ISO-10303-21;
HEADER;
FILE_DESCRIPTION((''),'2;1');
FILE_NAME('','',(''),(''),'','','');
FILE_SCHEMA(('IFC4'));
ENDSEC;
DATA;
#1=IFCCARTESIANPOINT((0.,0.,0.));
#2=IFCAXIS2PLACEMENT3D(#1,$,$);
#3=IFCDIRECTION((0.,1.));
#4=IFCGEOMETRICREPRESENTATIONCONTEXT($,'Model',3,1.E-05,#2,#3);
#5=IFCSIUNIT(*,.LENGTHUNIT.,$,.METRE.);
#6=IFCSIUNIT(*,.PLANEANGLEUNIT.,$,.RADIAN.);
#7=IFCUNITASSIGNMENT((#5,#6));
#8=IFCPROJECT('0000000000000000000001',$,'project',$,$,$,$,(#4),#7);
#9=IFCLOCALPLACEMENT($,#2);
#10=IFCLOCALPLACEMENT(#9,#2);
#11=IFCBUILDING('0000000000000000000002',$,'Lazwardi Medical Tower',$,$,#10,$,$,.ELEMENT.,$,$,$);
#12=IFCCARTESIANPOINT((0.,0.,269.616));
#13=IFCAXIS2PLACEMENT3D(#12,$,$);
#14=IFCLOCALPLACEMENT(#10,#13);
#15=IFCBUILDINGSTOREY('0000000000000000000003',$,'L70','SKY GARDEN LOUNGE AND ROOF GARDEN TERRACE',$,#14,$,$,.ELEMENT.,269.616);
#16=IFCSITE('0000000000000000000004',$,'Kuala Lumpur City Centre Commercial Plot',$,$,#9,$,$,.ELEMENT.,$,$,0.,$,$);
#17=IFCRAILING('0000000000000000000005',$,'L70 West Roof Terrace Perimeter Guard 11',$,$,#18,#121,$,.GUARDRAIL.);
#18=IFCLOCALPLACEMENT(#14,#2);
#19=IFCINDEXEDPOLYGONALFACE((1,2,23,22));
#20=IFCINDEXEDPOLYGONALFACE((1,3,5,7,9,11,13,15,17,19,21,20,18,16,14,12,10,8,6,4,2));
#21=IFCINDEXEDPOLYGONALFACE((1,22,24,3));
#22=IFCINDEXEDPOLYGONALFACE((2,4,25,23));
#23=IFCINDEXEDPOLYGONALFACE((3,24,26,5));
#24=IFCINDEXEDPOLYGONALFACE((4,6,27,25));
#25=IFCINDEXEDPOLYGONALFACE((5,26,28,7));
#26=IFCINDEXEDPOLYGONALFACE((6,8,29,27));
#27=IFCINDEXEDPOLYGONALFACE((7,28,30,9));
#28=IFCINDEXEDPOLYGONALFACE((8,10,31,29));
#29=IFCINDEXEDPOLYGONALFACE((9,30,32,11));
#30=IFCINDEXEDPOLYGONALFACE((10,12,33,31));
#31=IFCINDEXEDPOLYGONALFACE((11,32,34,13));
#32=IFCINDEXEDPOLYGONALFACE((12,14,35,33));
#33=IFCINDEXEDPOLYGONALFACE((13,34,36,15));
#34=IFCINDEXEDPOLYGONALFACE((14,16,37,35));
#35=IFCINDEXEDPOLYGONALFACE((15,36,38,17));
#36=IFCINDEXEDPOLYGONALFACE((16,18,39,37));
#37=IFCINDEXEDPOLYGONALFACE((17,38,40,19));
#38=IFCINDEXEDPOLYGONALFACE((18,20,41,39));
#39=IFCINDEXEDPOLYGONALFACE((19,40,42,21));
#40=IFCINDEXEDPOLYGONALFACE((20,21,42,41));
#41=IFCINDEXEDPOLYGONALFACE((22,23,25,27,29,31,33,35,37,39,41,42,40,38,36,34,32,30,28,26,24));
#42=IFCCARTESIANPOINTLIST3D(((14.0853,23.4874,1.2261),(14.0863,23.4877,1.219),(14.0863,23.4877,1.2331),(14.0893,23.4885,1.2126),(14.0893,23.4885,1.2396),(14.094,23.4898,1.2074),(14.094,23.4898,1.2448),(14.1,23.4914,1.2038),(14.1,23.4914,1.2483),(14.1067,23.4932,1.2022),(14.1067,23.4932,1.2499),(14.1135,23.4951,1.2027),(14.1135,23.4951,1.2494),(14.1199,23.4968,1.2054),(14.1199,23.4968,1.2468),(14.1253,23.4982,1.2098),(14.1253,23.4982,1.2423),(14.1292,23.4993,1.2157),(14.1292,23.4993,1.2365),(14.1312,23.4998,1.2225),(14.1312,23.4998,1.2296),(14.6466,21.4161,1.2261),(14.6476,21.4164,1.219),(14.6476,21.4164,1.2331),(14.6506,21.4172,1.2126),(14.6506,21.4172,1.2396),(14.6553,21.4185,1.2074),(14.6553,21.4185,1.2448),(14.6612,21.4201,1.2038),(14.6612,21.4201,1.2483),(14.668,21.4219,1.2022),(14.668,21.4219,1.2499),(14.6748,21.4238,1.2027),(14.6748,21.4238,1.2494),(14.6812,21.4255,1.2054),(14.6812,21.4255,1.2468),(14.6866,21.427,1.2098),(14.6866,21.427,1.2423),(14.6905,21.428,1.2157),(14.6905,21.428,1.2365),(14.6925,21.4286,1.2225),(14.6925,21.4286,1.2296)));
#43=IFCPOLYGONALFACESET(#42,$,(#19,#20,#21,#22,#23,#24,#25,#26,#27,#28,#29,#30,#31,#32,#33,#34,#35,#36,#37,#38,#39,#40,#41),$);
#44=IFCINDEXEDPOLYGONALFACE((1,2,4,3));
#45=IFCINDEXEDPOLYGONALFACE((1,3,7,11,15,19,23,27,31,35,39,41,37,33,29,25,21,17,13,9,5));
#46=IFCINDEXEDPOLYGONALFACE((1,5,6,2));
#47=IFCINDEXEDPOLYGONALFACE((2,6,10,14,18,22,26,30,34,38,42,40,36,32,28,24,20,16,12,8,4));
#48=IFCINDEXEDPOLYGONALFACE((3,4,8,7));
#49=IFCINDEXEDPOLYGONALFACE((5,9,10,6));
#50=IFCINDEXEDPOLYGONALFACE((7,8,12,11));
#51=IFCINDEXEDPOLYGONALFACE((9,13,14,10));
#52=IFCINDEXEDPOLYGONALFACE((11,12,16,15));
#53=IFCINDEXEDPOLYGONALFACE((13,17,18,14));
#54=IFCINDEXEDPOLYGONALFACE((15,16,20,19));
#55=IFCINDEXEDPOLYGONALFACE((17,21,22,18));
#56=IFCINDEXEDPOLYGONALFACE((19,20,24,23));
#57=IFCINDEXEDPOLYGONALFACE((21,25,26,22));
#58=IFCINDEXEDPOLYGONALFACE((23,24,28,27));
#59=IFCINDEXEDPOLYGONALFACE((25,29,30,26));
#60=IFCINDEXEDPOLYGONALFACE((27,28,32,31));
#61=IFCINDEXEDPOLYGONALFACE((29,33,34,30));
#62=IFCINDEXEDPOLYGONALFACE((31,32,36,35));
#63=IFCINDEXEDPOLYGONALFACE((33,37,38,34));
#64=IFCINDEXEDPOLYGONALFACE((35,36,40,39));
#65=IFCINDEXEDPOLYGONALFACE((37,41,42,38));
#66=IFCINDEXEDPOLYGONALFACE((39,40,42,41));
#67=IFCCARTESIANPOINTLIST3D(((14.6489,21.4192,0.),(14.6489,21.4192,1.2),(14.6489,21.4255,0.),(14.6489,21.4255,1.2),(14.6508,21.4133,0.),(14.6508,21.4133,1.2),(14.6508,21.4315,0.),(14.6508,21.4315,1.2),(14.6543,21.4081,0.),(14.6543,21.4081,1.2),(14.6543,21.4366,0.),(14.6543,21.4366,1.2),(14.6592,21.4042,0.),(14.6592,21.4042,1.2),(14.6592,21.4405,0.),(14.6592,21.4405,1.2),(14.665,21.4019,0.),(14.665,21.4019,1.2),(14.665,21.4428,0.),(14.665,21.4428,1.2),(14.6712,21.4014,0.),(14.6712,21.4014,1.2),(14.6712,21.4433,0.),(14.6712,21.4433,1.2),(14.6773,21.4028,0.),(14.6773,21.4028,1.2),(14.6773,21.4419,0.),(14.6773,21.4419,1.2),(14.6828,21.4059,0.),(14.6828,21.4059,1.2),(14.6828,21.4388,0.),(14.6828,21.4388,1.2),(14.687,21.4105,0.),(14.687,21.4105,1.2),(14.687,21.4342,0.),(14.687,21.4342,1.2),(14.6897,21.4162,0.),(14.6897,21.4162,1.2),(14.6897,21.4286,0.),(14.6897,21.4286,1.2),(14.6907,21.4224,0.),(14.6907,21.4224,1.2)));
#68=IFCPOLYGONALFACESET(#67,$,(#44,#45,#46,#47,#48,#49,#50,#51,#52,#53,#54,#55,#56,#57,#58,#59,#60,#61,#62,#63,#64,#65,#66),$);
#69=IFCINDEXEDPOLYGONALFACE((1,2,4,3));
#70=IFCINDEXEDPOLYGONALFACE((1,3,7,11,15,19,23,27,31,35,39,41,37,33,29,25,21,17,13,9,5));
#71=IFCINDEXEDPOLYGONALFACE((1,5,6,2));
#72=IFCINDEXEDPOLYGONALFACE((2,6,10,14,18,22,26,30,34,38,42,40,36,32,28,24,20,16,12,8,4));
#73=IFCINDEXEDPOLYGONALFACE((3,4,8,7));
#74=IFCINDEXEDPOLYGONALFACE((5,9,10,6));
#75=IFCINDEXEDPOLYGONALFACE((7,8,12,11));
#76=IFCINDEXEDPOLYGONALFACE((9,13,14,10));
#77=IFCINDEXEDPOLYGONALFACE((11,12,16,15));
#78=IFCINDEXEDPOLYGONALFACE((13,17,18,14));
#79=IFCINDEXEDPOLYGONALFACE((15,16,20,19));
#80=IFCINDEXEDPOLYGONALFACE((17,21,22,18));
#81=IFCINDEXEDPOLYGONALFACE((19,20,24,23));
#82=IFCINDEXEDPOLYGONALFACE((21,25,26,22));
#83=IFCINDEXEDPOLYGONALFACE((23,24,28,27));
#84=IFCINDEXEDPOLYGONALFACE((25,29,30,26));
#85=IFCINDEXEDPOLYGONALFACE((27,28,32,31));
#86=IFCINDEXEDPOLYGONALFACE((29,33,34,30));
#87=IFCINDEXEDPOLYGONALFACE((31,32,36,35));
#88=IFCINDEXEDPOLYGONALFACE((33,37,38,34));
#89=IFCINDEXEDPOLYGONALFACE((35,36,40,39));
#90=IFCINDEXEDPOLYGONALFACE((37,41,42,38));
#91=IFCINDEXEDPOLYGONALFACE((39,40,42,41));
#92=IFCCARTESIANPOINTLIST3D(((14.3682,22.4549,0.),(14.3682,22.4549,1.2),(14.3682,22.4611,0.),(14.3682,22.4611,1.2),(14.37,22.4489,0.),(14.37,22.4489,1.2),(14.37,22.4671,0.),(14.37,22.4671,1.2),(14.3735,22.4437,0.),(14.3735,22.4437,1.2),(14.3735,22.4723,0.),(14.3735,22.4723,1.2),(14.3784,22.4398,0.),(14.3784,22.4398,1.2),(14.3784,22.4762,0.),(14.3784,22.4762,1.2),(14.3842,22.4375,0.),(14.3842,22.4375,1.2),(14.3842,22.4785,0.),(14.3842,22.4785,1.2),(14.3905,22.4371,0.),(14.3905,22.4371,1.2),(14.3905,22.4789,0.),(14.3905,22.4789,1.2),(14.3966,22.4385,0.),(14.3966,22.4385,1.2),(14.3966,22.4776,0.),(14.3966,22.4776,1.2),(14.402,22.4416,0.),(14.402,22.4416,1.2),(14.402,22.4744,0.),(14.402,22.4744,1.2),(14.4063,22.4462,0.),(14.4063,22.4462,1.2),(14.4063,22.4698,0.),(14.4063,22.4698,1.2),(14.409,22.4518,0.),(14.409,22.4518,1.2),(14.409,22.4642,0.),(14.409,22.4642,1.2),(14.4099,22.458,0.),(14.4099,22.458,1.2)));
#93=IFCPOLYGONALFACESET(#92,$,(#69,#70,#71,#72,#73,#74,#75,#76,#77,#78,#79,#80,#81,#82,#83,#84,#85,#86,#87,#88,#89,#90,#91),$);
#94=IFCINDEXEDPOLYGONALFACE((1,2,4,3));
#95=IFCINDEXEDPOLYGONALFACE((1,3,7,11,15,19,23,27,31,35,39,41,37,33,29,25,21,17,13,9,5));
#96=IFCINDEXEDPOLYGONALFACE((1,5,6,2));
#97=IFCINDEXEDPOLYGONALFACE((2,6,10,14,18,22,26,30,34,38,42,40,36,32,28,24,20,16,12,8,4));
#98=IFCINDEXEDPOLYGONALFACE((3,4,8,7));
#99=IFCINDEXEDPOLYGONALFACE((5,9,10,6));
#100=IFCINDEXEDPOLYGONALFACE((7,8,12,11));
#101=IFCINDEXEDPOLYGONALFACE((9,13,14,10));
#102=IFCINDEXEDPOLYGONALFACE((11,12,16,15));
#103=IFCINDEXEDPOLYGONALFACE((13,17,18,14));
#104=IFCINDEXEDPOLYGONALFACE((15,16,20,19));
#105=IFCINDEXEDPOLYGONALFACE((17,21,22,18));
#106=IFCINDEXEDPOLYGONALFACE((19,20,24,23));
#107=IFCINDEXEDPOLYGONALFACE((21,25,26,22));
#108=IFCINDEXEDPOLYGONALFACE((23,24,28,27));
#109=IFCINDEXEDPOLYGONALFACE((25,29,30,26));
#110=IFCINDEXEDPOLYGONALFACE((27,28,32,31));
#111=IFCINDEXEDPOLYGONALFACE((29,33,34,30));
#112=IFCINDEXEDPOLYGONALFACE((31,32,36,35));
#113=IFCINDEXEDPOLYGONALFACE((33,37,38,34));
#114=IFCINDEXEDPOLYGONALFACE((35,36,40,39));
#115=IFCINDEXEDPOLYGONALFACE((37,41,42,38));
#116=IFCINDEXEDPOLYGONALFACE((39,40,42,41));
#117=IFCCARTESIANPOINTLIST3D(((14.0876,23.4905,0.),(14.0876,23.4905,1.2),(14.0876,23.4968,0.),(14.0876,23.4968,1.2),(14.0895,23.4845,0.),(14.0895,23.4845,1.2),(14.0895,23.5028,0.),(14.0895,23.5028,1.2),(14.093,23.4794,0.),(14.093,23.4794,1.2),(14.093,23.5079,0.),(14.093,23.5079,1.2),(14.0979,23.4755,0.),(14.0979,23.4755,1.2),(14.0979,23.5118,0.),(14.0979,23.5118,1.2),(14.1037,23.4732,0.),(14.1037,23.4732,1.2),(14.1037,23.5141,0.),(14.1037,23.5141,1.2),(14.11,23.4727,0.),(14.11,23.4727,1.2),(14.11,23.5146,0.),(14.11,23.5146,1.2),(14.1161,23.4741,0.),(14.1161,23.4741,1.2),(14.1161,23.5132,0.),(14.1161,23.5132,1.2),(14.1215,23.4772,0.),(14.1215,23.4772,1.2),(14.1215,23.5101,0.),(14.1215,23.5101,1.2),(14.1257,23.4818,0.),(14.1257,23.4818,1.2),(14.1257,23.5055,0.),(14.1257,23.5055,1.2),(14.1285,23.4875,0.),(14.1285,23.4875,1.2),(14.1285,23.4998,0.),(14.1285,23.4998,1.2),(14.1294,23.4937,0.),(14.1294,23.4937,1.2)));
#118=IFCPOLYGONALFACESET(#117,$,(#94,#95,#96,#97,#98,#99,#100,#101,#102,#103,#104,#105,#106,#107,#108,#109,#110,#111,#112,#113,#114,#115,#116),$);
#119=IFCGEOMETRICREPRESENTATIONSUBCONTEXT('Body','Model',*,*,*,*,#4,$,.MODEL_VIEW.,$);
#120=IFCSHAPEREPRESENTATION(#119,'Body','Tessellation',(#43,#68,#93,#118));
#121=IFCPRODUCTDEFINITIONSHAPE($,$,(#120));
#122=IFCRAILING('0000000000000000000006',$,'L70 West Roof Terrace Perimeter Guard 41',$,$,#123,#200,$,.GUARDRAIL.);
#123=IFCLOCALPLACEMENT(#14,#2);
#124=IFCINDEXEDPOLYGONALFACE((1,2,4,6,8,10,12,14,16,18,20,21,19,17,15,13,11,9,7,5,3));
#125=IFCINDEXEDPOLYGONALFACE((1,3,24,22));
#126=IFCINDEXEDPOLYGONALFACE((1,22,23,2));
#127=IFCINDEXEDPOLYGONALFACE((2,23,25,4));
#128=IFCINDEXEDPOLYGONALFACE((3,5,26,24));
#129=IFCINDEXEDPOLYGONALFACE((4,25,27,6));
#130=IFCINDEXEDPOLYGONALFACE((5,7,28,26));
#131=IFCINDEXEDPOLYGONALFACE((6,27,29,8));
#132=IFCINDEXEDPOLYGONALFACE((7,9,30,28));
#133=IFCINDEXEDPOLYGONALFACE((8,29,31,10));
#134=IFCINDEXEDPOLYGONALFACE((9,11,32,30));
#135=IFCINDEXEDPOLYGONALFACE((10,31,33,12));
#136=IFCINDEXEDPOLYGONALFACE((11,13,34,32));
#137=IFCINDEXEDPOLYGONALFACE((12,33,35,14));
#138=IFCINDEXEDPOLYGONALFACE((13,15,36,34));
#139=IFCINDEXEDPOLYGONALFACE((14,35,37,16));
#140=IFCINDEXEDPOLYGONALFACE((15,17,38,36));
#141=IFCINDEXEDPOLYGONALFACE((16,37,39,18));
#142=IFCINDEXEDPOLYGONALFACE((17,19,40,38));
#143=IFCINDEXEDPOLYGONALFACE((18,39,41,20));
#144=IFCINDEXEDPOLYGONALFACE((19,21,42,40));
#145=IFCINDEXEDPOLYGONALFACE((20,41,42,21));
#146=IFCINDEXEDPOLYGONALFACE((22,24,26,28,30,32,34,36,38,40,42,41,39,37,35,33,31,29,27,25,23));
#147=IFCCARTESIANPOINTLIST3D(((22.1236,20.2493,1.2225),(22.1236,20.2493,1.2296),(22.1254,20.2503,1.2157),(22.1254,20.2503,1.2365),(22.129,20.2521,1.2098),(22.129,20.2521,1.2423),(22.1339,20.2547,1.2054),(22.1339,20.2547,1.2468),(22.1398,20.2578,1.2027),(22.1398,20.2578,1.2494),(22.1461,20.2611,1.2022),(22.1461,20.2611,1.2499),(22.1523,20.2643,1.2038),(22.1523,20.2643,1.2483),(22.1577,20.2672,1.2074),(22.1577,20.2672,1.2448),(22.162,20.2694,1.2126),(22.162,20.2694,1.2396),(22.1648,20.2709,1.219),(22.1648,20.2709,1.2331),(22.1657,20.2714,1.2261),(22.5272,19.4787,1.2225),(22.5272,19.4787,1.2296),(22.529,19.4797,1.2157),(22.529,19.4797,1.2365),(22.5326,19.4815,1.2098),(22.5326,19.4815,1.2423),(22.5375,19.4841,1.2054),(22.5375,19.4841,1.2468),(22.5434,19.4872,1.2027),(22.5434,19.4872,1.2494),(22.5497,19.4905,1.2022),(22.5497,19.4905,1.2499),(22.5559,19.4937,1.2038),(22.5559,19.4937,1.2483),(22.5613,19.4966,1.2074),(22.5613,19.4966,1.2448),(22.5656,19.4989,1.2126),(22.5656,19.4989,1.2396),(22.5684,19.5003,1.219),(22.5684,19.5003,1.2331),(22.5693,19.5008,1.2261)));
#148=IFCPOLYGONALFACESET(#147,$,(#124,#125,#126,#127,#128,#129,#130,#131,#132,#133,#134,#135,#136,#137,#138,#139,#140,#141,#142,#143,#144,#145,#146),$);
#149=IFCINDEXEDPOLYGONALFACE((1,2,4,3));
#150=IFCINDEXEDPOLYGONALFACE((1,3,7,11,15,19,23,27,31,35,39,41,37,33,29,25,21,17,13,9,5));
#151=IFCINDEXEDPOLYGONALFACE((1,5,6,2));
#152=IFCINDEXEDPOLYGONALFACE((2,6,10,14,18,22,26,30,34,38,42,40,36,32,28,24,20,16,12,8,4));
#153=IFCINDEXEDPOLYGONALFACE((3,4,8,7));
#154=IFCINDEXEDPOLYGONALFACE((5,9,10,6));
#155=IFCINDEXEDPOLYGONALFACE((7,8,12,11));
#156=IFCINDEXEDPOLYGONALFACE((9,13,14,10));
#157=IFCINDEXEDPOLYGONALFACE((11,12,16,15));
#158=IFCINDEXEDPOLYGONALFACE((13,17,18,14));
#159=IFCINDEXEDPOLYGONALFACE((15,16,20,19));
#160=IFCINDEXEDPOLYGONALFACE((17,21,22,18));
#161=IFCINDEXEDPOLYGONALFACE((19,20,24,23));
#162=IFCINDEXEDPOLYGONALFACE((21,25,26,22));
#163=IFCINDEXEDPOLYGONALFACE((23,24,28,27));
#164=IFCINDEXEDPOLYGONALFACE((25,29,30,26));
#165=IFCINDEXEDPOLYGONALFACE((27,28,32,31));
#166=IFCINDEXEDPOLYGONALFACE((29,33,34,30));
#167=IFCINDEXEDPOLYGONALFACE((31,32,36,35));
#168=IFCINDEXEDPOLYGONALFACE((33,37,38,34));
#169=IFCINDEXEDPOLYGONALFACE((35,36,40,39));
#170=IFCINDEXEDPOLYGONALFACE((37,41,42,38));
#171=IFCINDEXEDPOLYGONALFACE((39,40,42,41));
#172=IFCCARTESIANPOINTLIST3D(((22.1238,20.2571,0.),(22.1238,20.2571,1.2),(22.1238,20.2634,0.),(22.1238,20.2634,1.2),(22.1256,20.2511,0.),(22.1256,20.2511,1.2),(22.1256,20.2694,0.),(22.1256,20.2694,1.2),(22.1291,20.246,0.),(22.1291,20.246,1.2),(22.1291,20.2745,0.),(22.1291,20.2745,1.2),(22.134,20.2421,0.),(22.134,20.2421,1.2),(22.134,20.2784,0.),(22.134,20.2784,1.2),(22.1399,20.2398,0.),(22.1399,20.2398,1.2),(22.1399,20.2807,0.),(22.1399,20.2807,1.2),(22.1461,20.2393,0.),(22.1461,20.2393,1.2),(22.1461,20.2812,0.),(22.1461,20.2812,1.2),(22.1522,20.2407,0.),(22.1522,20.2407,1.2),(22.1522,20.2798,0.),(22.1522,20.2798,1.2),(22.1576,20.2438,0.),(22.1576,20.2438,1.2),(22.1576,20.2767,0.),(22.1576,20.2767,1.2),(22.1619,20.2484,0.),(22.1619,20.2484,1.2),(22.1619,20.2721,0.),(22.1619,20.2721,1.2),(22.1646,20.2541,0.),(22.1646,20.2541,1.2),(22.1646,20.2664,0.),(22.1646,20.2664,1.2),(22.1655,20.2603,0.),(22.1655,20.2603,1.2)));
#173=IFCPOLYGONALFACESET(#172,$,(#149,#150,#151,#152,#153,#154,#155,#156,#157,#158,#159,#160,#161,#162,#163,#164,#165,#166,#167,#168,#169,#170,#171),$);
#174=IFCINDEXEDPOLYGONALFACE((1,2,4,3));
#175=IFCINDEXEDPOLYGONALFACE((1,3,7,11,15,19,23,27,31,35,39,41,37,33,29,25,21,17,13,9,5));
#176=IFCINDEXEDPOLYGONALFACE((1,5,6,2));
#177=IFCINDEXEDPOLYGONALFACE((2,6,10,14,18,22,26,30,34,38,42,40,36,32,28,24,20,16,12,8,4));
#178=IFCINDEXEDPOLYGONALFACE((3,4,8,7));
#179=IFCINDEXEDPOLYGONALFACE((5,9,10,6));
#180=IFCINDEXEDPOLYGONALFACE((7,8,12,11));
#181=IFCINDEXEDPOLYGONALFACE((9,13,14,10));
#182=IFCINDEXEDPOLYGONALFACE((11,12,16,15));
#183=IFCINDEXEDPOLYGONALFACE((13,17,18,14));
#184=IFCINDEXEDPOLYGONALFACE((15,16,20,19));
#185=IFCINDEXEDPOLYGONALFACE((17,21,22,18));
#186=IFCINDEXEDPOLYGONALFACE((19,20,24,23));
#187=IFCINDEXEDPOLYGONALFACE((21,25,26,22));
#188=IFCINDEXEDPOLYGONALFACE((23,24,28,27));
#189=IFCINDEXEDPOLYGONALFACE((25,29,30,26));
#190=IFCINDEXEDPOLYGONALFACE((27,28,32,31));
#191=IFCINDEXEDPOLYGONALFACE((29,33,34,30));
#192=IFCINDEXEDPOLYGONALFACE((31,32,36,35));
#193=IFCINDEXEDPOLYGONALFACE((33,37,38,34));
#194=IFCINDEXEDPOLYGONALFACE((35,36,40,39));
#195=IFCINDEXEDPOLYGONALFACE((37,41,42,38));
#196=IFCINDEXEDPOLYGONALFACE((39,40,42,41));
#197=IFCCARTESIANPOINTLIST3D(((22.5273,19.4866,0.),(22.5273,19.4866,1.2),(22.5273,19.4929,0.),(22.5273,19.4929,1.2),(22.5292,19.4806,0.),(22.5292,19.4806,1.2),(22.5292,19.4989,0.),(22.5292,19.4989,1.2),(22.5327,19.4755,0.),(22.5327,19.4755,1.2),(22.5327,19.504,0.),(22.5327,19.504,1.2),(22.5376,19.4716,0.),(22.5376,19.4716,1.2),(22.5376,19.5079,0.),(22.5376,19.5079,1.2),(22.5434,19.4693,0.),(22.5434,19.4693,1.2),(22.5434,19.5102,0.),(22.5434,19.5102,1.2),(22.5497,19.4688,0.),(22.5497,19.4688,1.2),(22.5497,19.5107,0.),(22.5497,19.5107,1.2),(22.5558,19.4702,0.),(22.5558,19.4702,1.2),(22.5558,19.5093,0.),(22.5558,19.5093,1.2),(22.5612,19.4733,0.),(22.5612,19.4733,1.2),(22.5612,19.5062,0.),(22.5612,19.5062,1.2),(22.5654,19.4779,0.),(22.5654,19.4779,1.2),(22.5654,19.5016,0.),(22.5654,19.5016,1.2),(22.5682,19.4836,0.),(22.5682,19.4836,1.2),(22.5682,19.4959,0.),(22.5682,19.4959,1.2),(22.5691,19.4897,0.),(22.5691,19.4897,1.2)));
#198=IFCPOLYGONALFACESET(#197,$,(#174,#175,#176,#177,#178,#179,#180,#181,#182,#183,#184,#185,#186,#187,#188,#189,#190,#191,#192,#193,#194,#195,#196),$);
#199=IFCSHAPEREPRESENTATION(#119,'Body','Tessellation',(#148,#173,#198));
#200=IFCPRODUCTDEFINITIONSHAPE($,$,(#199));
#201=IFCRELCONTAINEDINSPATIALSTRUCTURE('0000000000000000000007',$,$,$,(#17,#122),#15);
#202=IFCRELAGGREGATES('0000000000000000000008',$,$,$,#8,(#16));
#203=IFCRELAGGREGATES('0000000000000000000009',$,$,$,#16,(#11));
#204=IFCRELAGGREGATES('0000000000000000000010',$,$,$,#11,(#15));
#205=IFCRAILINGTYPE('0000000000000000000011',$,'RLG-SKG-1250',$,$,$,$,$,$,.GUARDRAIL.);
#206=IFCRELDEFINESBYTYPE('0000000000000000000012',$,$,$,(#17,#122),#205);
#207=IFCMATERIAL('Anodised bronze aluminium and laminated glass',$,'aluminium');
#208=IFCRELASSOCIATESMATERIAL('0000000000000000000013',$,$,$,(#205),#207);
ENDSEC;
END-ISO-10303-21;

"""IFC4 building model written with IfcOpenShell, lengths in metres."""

from ifc_helpers import new_model, si_unit, direction, frame, origin, origin_2d, place, context, subcontext, project, spatial, circle, extrude, material, type_object, element, save


model = new_model("IFC4")

# Units and contexts
model_context = context("Model", 3, precision=1e-05, world=origin(), true_north=direction((0.0, 1.0)))
body_context = subcontext(model_context, "Body", "Model", "MODEL_VIEW")
ifc_project = project(units=[si_unit("LENGTHUNIT", "METRE"), si_unit("PLANEANGLEUNIT", "RADIAN")], contexts=[model_context])

# Site, building, storey
site_placement = place(None, origin())
site = spatial("IfcSite", under=ifc_project, at=site_placement, Name="Kuala Lumpur City Centre Commercial Plot", CompositionType="ELEMENT", RefElevation=0.0)
building_placement = place(site_placement, origin())
building = spatial("IfcBuilding", under=site, at=building_placement, Name="Lazwardi Medical Tower", CompositionType="ELEMENT")
storey_placement = place(building_placement, frame((0.0, 0.0, 269.616)))
storey = spatial("IfcBuildingStorey", under=building, at=storey_placement, Name="L70", Description="SKY GARDEN LOUNGE AND ROOF GARDEN TERRACE", CompositionType="ELEMENT", Elevation=269.616)

# Railings
ifc_material_1 = material(Name="Anodised bronze aluminium and laminated glass", Category="aluminium")
railing_type = type_object("IfcRailingType", Name="RLG-SKG-1250", PredefinedType="GUARDRAIL", material=ifc_material_1)
railing_1_placement = place(storey_placement, frame((14.6697, 21.4224, 0.0)))
element("IfcRailing", 1, at=railing_1_placement, inside=storey, type_object=railing_type, Name="L70 West Roof Terrace Perimeter Guard 11", PredefinedType="GUARDRAIL", context=body_context, shape_type="SweptSolid", body=[
    extrude(circle(Radius=0.0239, at=origin_2d()), frame((0.0, 0.0, 1.2261), z_axis=(-0.261548, 0.96519, 0.0), x_axis=(-0.96519, -0.261548, 0.0)), (0.0, 0.0, 1.0), 2.146),
    extrude(circle(Radius=0.021, at=origin_2d()), origin(), (0.0, 0.0, 1.0), 1.2),
    extrude(circle(Radius=0.021, at=origin_2d()), frame((-0.2808, 1.0356, 0.0)), (0.0, 0.0, 1.0), 1.2),
    extrude(circle(Radius=0.021, at=origin_2d()), frame((-0.5613, 2.0713, 0.0)), (0.0, 0.0, 1.0), 1.2),
])
railing_2_placement = place(storey_placement, frame((22.1445, 20.2603, 0.0)))
element("IfcRailing", 2, at=railing_2_placement, inside=storey, type_object=railing_type, Name="L70 West Roof Terrace Perimeter Guard 41", PredefinedType="GUARDRAIL", context=body_context, shape_type="SweptSolid", body=[
    extrude(circle(Radius=0.0239, at=origin_2d()), frame((0.0, 0.0, 1.2261), z_axis=(0.463976, -0.885848, 0.0), x_axis=(0.885848, 0.463976, 0.0)), (0.0, 0.0, 1.0), 0.8699),
    extrude(circle(Radius=0.021, at=origin_2d()), origin(), (0.0, 0.0, 1.0), 1.2),
    extrude(circle(Radius=0.021, at=origin_2d()), frame((0.4036, -0.7705, 0.0)), (0.0, 0.0, 1.0), 1.2),
])

save(model, "model.ifc")
